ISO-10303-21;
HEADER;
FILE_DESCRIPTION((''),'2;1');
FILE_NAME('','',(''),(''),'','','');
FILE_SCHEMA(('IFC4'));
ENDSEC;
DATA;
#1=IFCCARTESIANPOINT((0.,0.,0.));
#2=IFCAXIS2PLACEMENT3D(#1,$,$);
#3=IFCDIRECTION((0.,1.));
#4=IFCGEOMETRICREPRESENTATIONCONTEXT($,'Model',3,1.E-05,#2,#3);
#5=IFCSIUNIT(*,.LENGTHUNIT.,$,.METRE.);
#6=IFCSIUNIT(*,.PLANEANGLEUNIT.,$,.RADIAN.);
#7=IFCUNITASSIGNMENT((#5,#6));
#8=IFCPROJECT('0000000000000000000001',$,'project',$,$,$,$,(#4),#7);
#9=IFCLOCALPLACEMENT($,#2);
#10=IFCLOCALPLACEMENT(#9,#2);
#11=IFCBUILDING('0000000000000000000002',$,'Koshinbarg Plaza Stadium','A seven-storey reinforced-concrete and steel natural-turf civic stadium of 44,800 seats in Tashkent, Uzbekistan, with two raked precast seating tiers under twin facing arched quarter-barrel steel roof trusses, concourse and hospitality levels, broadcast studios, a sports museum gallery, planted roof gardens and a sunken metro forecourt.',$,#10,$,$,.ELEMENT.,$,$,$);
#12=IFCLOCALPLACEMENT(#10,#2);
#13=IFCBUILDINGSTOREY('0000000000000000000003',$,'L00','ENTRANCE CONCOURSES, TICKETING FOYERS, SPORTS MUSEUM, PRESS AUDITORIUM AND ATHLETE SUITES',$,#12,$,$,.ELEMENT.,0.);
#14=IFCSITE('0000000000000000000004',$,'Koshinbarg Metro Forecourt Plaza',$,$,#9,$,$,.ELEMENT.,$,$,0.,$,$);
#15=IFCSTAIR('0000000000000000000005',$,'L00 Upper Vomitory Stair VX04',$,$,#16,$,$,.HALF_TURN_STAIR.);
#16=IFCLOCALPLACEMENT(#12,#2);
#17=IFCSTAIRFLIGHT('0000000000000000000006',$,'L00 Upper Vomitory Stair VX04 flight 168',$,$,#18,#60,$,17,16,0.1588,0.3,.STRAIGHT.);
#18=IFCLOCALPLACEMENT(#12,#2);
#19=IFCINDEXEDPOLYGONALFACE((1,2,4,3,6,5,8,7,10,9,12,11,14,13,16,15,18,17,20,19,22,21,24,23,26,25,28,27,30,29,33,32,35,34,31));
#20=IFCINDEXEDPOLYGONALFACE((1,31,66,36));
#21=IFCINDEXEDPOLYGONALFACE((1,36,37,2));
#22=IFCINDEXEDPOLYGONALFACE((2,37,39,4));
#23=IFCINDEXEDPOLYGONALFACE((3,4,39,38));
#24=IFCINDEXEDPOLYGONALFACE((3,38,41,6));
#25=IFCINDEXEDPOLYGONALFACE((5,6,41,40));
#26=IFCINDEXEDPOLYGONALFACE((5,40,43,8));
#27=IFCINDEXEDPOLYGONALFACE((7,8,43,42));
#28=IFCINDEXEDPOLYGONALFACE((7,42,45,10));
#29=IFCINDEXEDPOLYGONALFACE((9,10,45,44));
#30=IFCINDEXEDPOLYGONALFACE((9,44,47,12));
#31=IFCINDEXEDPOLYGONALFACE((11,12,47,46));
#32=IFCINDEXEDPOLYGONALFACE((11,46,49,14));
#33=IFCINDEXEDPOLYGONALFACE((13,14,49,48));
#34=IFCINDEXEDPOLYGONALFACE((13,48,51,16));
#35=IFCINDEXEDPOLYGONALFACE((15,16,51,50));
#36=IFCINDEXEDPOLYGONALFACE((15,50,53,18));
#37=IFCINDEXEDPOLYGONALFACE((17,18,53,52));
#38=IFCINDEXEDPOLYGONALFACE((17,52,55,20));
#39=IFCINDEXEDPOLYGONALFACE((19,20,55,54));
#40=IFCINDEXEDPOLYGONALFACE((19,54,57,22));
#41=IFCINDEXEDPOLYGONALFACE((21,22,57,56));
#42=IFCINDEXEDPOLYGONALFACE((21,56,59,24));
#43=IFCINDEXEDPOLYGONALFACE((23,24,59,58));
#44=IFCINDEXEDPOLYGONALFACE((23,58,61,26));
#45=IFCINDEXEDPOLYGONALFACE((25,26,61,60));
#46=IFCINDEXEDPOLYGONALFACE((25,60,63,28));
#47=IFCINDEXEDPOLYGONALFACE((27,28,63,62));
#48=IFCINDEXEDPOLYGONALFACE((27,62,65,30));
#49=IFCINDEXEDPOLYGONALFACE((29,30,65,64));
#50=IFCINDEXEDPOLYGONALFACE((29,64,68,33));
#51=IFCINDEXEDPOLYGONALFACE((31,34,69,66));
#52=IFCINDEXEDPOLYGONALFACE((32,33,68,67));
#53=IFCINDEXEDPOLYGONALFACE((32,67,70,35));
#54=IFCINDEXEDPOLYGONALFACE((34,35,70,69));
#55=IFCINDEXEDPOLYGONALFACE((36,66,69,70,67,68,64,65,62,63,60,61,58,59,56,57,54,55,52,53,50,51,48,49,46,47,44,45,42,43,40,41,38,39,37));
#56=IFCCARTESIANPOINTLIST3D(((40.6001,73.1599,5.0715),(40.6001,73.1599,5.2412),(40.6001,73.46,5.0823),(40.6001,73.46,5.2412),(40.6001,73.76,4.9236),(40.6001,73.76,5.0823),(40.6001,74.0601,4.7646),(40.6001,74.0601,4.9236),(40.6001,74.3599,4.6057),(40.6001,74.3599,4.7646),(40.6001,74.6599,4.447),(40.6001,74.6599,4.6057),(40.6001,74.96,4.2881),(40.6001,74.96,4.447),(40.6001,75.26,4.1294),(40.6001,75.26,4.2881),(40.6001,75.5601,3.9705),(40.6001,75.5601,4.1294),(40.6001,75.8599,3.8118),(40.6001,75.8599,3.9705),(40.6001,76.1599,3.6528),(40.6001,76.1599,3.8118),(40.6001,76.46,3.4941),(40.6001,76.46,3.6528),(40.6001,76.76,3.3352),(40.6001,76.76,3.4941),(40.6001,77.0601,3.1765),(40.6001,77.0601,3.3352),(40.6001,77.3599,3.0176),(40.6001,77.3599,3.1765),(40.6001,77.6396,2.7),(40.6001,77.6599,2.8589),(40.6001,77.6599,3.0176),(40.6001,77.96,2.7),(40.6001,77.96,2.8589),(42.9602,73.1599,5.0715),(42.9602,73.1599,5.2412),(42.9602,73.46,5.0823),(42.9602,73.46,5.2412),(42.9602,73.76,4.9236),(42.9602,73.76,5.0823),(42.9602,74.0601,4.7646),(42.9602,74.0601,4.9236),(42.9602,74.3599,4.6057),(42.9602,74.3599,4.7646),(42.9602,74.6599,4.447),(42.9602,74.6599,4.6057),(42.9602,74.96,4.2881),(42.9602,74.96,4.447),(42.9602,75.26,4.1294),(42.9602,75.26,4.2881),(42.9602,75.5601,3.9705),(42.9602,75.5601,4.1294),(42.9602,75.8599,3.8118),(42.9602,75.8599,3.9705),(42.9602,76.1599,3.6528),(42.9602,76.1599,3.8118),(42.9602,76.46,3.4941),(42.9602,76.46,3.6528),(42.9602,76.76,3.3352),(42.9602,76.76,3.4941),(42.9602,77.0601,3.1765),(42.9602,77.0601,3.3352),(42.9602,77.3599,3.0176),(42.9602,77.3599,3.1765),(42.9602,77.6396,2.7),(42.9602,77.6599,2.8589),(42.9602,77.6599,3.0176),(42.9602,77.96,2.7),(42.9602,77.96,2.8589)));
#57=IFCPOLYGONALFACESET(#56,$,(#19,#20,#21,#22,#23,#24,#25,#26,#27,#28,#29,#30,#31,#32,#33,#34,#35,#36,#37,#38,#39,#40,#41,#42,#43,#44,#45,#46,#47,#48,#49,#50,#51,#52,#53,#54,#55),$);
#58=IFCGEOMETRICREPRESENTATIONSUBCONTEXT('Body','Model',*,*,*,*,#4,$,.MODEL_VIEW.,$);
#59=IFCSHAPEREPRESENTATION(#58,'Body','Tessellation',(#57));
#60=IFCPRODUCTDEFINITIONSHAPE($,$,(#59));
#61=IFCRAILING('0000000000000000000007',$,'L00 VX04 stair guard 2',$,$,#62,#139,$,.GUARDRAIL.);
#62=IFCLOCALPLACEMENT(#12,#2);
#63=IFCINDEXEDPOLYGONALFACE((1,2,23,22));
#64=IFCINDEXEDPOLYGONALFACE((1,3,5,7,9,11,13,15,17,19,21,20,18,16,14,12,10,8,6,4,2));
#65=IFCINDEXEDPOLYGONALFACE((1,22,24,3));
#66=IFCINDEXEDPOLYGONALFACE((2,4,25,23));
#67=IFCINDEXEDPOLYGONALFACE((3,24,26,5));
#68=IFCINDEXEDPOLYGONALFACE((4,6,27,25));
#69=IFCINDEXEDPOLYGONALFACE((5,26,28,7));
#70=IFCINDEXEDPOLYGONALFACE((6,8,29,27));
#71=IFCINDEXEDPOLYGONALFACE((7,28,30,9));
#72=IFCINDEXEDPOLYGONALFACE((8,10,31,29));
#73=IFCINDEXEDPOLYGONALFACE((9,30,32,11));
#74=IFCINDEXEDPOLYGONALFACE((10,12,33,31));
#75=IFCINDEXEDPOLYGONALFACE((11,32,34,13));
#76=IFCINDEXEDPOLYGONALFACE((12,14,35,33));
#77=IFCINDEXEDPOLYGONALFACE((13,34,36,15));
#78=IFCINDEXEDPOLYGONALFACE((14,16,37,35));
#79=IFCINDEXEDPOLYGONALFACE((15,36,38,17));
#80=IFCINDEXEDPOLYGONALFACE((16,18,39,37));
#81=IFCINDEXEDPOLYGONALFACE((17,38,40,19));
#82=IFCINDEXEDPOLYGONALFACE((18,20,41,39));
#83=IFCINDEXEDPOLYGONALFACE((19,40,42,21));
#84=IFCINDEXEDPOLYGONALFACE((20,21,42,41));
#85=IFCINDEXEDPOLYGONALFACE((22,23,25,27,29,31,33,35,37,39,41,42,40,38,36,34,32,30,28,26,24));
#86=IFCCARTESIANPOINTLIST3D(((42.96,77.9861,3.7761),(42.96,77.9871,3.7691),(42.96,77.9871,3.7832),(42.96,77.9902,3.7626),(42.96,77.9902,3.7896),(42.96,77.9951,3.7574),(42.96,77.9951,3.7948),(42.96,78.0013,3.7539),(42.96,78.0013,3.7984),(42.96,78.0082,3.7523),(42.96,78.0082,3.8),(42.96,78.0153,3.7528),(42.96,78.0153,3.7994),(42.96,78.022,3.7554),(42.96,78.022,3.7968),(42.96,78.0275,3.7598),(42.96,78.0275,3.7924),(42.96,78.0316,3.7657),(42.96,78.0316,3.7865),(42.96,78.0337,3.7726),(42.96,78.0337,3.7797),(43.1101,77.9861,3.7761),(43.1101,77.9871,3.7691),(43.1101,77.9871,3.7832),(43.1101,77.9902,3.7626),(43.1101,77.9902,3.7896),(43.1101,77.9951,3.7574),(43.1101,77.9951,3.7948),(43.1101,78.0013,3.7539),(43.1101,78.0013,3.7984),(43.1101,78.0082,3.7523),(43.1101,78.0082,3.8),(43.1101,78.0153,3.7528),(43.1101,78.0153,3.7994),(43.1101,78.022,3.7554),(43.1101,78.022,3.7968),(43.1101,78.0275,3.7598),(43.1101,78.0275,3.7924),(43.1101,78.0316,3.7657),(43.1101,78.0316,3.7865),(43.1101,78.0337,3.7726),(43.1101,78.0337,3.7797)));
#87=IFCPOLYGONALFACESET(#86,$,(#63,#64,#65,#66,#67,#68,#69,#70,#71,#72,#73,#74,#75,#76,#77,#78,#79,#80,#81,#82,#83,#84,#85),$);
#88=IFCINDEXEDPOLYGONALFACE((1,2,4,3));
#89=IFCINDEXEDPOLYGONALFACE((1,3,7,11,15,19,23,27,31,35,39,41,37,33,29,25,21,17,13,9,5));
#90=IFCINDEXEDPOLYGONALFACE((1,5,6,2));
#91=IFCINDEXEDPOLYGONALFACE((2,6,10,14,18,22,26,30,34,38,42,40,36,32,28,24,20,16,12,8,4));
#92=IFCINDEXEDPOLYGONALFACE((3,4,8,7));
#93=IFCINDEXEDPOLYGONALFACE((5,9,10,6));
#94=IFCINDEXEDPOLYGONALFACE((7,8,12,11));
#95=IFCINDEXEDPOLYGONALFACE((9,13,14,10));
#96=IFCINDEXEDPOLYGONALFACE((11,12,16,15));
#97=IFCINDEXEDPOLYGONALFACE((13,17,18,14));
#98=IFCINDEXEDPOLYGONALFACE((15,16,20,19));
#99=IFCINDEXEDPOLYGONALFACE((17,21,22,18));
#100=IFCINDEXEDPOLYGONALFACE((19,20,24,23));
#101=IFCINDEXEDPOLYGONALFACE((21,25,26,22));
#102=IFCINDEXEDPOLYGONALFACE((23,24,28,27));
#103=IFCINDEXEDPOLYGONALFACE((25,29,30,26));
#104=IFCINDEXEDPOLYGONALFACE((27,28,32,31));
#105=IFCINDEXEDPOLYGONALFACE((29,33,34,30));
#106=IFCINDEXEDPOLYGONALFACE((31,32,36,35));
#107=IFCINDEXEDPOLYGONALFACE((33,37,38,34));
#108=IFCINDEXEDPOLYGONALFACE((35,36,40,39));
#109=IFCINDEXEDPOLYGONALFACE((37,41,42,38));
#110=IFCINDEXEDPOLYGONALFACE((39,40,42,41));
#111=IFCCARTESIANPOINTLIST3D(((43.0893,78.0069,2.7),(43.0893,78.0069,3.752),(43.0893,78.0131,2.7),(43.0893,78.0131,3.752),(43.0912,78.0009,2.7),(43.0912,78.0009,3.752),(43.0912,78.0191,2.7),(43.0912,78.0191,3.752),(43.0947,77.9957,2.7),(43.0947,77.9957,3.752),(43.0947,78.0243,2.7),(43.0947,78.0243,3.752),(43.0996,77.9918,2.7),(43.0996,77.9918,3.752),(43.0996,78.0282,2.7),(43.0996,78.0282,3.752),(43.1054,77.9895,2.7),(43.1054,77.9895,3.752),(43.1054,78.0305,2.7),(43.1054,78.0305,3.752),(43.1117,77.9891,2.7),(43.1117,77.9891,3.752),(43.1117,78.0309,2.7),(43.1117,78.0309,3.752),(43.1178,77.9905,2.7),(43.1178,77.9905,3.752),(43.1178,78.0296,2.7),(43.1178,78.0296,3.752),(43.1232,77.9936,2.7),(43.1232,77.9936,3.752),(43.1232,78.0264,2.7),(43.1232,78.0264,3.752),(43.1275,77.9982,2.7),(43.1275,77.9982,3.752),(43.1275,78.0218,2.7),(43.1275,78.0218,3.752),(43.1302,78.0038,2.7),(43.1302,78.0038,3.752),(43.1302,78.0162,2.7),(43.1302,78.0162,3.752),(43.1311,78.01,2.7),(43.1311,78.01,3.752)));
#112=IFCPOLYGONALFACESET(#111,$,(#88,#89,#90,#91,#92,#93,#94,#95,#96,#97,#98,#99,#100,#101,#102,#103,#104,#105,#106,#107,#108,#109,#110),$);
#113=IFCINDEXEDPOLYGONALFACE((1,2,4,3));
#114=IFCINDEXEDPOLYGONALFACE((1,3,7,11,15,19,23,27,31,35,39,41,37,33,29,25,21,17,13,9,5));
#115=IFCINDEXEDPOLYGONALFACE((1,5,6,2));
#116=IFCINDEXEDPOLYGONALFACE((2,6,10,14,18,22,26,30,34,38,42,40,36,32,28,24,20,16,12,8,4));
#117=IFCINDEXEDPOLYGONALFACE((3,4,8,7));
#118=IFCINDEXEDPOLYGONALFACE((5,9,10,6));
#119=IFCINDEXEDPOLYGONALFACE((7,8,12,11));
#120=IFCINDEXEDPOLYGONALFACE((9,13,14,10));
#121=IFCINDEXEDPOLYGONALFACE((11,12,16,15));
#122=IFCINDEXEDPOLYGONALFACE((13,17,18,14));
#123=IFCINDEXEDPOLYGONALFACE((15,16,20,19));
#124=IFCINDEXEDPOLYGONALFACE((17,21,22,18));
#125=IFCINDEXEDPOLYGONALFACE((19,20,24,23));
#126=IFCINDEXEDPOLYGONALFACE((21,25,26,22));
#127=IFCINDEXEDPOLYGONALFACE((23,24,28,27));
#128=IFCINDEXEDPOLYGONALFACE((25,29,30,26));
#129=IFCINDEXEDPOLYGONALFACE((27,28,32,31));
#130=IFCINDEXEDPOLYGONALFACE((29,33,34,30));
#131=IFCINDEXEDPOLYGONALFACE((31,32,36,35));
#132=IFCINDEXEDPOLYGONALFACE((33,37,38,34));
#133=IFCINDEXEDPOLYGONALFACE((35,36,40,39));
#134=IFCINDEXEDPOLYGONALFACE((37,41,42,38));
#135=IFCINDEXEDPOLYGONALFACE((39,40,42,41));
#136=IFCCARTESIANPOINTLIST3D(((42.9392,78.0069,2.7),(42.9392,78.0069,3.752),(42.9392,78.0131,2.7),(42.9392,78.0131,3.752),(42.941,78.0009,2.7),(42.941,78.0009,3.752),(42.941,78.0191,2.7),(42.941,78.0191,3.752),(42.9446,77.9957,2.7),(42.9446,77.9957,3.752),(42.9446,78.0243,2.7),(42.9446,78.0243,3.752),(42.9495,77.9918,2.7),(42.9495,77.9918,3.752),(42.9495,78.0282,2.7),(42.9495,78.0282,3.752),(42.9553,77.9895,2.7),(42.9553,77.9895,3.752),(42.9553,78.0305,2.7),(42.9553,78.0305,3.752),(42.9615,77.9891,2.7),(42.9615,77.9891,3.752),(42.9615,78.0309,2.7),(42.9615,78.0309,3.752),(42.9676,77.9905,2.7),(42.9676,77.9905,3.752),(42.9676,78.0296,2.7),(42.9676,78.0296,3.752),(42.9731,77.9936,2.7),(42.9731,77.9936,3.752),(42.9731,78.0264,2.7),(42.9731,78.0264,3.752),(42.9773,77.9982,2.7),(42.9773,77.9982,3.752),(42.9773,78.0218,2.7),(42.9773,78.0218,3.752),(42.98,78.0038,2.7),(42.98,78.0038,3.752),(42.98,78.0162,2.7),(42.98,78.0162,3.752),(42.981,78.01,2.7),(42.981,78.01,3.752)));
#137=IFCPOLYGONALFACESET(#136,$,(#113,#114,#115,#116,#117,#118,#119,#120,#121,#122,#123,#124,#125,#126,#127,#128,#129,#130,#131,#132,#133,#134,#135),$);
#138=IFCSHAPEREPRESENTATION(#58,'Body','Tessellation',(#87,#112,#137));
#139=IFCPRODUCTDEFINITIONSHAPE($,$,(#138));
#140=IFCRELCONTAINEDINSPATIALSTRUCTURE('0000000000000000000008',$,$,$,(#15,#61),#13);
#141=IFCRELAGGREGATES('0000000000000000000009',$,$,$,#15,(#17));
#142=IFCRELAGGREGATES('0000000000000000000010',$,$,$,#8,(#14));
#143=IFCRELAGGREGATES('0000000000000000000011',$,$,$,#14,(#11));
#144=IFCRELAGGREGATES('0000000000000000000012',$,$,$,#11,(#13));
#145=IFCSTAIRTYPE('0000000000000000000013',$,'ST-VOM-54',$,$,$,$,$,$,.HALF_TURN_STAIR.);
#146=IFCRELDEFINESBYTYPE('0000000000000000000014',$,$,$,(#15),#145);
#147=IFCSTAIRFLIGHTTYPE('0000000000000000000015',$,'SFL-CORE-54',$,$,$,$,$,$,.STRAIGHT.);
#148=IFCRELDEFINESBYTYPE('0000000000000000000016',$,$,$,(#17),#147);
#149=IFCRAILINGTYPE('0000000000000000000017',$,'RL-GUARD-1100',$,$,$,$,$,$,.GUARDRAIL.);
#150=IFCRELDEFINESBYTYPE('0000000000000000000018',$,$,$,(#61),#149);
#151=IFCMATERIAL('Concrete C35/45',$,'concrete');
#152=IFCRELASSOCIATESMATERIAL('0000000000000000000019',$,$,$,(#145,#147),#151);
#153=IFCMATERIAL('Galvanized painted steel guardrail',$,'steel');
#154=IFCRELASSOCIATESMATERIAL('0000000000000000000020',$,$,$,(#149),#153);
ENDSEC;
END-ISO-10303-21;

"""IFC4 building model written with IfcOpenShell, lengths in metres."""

from ifc_helpers import new_model, si_unit, direction, frame, origin, origin_2d, place, context, subcontext, project, spatial, polyline, circle, outline, extrude, material, type_object, element, aggregate, save


model = new_model("IFC4")

# Units and contexts
model_context = context("Model", 3, precision=1e-05, world=origin(), true_north=direction((0.0, 1.0)))
body_context = subcontext(model_context, "Body", "Model", "MODEL_VIEW")
ifc_project = project(units=[si_unit("LENGTHUNIT", "METRE"), si_unit("PLANEANGLEUNIT", "RADIAN")], contexts=[model_context])

# Site, building, storey
site_placement = place(None, origin())
site = spatial("IfcSite", under=ifc_project, at=site_placement, Name="Koshinbarg Metro Forecourt Plaza", CompositionType="ELEMENT", RefElevation=0.0)
building_placement = place(site_placement, origin())
building = spatial("IfcBuilding", under=site, at=building_placement, Name="Koshinbarg Plaza Stadium", Description="A seven-storey reinforced-concrete and steel natural-turf civic stadium of 44,800 seats in Tashkent, Uzbekistan, with two raked precast seating tiers under twin facing arched quarter-barrel steel roof trusses, concourse and hospitality levels, broadcast studios, a sports museum gallery, planted roof gardens and a sunken metro forecourt.", CompositionType="ELEMENT")
storey_placement = place(building_placement, origin())
storey = spatial("IfcBuildingStorey", under=building, at=storey_placement, Name="L00", Description="ENTRANCE CONCOURSES, TICKETING FOYERS, SPORTS MUSEUM, PRESS AUDITORIUM AND ATHLETE SUITES", CompositionType="ELEMENT", Elevation=0.0)

# Shared definitions
ifc_material_1 = material(Name="Concrete C35/45", Category="concrete")

# Stair, stair flight
stair_type = type_object("IfcStairType", Name="ST-VOM-54", PredefinedType="HALF_TURN_STAIR", material=ifc_material_1)
stair_placement = place(storey_placement, origin())
stair = element("IfcStair", 1, at=stair_placement, inside=storey, type_object=stair_type, Name="L00 Upper Vomitory Stair VX04", PredefinedType="HALF_TURN_STAIR")
stair_flight_type = type_object("IfcStairFlightType", Name="SFL-CORE-54", PredefinedType="STRAIGHT", material=ifc_material_1)
stair_flight_placement = place(storey_placement, frame((41.78, 77.96, 2.7), z_axis=(0.0, 0.0, 1.0), x_axis=(0.0, -1.0, 0.0)))
stair_flight = element("IfcStairFlight", 2, at=stair_flight_placement, type_object=stair_flight_type, Name="L00 Upper Vomitory Stair VX04 flight 168", NumberOfRisers=17, NumberOfTreads=16, PredefinedType="STRAIGHT", RiserHeight=0.1588, TreadLength=0.3, context=body_context, shape_type="SweptSolid", body=[
    extrude(outline(polyline([(0.0, 0.0), (0.0, 0.1589), (0.3, 0.1589), (0.3, 0.3176), (0.6001, 0.3176), (0.6001, 0.4766), (0.8999, 0.4766), (0.8999, 0.6353), (1.2, 0.6353), (1.2, 0.7942), (1.5, 0.7942), (1.5, 0.9529), (1.8, 0.9529), (1.8, 1.1118), (2.1001, 1.1118), (2.1001, 1.2705), (2.3999, 1.2705), (2.3999, 1.4294), (2.7, 1.4294), (2.7, 1.5881), (3.0, 1.5881), (3.0, 1.7471), (3.3, 1.7471), (3.3, 1.9058), (3.6001, 1.9058), (3.6001, 2.0647), (3.8999, 2.0647), (3.8999, 2.2236), (4.2, 2.2236), (4.2, 2.3823), (4.5, 2.3823), (4.5, 2.5413), (4.8, 2.5413), (4.8, 2.7), (4.8, 2.3716), (0.3203, 0.0), (0.0, 0.0)])), frame((0.0, 1.1802, 0.0), z_axis=(0.0, -1.0, 0.0), x_axis=(1.0, 0.0, 0.0)), (0.0, 0.0, 1.0), 2.3601),
])
aggregate(stair, [stair_flight])

# Railing
ifc_material_2 = material(Name="Galvanized painted steel guardrail", Category="steel")
railing_type_1 = type_object("IfcRailingType", Name="RL-GUARD-1100", PredefinedType="GUARDRAIL", material=ifc_material_2)
railing_1_placement = place(storey_placement, frame((43.1101, 78.01, 2.7)))
element("IfcRailing", 3, at=railing_1_placement, inside=storey, type_object=railing_type_1, Name="L00 VX04 stair guard 2", PredefinedType="GUARDRAIL", context=body_context, shape_type="SweptSolid", body=[
    extrude(circle(Radius=0.0239, at=origin_2d()), frame((0.0, 0.0, 1.0762), z_axis=(-1.0, 0.0, 0.0), x_axis=(0.0, -1.0, 0.0)), (0.0, 0.0, 1.0), 0.1501),
    extrude(circle(Radius=0.021, at=origin_2d()), origin(), (0.0, 0.0, 1.0), 1.052),
    extrude(circle(Radius=0.021, at=origin_2d()), frame((-0.1501, 0.0, 0.0)), (0.0, 0.0, 1.0), 1.052),
])

save(model, "model.ifc")
